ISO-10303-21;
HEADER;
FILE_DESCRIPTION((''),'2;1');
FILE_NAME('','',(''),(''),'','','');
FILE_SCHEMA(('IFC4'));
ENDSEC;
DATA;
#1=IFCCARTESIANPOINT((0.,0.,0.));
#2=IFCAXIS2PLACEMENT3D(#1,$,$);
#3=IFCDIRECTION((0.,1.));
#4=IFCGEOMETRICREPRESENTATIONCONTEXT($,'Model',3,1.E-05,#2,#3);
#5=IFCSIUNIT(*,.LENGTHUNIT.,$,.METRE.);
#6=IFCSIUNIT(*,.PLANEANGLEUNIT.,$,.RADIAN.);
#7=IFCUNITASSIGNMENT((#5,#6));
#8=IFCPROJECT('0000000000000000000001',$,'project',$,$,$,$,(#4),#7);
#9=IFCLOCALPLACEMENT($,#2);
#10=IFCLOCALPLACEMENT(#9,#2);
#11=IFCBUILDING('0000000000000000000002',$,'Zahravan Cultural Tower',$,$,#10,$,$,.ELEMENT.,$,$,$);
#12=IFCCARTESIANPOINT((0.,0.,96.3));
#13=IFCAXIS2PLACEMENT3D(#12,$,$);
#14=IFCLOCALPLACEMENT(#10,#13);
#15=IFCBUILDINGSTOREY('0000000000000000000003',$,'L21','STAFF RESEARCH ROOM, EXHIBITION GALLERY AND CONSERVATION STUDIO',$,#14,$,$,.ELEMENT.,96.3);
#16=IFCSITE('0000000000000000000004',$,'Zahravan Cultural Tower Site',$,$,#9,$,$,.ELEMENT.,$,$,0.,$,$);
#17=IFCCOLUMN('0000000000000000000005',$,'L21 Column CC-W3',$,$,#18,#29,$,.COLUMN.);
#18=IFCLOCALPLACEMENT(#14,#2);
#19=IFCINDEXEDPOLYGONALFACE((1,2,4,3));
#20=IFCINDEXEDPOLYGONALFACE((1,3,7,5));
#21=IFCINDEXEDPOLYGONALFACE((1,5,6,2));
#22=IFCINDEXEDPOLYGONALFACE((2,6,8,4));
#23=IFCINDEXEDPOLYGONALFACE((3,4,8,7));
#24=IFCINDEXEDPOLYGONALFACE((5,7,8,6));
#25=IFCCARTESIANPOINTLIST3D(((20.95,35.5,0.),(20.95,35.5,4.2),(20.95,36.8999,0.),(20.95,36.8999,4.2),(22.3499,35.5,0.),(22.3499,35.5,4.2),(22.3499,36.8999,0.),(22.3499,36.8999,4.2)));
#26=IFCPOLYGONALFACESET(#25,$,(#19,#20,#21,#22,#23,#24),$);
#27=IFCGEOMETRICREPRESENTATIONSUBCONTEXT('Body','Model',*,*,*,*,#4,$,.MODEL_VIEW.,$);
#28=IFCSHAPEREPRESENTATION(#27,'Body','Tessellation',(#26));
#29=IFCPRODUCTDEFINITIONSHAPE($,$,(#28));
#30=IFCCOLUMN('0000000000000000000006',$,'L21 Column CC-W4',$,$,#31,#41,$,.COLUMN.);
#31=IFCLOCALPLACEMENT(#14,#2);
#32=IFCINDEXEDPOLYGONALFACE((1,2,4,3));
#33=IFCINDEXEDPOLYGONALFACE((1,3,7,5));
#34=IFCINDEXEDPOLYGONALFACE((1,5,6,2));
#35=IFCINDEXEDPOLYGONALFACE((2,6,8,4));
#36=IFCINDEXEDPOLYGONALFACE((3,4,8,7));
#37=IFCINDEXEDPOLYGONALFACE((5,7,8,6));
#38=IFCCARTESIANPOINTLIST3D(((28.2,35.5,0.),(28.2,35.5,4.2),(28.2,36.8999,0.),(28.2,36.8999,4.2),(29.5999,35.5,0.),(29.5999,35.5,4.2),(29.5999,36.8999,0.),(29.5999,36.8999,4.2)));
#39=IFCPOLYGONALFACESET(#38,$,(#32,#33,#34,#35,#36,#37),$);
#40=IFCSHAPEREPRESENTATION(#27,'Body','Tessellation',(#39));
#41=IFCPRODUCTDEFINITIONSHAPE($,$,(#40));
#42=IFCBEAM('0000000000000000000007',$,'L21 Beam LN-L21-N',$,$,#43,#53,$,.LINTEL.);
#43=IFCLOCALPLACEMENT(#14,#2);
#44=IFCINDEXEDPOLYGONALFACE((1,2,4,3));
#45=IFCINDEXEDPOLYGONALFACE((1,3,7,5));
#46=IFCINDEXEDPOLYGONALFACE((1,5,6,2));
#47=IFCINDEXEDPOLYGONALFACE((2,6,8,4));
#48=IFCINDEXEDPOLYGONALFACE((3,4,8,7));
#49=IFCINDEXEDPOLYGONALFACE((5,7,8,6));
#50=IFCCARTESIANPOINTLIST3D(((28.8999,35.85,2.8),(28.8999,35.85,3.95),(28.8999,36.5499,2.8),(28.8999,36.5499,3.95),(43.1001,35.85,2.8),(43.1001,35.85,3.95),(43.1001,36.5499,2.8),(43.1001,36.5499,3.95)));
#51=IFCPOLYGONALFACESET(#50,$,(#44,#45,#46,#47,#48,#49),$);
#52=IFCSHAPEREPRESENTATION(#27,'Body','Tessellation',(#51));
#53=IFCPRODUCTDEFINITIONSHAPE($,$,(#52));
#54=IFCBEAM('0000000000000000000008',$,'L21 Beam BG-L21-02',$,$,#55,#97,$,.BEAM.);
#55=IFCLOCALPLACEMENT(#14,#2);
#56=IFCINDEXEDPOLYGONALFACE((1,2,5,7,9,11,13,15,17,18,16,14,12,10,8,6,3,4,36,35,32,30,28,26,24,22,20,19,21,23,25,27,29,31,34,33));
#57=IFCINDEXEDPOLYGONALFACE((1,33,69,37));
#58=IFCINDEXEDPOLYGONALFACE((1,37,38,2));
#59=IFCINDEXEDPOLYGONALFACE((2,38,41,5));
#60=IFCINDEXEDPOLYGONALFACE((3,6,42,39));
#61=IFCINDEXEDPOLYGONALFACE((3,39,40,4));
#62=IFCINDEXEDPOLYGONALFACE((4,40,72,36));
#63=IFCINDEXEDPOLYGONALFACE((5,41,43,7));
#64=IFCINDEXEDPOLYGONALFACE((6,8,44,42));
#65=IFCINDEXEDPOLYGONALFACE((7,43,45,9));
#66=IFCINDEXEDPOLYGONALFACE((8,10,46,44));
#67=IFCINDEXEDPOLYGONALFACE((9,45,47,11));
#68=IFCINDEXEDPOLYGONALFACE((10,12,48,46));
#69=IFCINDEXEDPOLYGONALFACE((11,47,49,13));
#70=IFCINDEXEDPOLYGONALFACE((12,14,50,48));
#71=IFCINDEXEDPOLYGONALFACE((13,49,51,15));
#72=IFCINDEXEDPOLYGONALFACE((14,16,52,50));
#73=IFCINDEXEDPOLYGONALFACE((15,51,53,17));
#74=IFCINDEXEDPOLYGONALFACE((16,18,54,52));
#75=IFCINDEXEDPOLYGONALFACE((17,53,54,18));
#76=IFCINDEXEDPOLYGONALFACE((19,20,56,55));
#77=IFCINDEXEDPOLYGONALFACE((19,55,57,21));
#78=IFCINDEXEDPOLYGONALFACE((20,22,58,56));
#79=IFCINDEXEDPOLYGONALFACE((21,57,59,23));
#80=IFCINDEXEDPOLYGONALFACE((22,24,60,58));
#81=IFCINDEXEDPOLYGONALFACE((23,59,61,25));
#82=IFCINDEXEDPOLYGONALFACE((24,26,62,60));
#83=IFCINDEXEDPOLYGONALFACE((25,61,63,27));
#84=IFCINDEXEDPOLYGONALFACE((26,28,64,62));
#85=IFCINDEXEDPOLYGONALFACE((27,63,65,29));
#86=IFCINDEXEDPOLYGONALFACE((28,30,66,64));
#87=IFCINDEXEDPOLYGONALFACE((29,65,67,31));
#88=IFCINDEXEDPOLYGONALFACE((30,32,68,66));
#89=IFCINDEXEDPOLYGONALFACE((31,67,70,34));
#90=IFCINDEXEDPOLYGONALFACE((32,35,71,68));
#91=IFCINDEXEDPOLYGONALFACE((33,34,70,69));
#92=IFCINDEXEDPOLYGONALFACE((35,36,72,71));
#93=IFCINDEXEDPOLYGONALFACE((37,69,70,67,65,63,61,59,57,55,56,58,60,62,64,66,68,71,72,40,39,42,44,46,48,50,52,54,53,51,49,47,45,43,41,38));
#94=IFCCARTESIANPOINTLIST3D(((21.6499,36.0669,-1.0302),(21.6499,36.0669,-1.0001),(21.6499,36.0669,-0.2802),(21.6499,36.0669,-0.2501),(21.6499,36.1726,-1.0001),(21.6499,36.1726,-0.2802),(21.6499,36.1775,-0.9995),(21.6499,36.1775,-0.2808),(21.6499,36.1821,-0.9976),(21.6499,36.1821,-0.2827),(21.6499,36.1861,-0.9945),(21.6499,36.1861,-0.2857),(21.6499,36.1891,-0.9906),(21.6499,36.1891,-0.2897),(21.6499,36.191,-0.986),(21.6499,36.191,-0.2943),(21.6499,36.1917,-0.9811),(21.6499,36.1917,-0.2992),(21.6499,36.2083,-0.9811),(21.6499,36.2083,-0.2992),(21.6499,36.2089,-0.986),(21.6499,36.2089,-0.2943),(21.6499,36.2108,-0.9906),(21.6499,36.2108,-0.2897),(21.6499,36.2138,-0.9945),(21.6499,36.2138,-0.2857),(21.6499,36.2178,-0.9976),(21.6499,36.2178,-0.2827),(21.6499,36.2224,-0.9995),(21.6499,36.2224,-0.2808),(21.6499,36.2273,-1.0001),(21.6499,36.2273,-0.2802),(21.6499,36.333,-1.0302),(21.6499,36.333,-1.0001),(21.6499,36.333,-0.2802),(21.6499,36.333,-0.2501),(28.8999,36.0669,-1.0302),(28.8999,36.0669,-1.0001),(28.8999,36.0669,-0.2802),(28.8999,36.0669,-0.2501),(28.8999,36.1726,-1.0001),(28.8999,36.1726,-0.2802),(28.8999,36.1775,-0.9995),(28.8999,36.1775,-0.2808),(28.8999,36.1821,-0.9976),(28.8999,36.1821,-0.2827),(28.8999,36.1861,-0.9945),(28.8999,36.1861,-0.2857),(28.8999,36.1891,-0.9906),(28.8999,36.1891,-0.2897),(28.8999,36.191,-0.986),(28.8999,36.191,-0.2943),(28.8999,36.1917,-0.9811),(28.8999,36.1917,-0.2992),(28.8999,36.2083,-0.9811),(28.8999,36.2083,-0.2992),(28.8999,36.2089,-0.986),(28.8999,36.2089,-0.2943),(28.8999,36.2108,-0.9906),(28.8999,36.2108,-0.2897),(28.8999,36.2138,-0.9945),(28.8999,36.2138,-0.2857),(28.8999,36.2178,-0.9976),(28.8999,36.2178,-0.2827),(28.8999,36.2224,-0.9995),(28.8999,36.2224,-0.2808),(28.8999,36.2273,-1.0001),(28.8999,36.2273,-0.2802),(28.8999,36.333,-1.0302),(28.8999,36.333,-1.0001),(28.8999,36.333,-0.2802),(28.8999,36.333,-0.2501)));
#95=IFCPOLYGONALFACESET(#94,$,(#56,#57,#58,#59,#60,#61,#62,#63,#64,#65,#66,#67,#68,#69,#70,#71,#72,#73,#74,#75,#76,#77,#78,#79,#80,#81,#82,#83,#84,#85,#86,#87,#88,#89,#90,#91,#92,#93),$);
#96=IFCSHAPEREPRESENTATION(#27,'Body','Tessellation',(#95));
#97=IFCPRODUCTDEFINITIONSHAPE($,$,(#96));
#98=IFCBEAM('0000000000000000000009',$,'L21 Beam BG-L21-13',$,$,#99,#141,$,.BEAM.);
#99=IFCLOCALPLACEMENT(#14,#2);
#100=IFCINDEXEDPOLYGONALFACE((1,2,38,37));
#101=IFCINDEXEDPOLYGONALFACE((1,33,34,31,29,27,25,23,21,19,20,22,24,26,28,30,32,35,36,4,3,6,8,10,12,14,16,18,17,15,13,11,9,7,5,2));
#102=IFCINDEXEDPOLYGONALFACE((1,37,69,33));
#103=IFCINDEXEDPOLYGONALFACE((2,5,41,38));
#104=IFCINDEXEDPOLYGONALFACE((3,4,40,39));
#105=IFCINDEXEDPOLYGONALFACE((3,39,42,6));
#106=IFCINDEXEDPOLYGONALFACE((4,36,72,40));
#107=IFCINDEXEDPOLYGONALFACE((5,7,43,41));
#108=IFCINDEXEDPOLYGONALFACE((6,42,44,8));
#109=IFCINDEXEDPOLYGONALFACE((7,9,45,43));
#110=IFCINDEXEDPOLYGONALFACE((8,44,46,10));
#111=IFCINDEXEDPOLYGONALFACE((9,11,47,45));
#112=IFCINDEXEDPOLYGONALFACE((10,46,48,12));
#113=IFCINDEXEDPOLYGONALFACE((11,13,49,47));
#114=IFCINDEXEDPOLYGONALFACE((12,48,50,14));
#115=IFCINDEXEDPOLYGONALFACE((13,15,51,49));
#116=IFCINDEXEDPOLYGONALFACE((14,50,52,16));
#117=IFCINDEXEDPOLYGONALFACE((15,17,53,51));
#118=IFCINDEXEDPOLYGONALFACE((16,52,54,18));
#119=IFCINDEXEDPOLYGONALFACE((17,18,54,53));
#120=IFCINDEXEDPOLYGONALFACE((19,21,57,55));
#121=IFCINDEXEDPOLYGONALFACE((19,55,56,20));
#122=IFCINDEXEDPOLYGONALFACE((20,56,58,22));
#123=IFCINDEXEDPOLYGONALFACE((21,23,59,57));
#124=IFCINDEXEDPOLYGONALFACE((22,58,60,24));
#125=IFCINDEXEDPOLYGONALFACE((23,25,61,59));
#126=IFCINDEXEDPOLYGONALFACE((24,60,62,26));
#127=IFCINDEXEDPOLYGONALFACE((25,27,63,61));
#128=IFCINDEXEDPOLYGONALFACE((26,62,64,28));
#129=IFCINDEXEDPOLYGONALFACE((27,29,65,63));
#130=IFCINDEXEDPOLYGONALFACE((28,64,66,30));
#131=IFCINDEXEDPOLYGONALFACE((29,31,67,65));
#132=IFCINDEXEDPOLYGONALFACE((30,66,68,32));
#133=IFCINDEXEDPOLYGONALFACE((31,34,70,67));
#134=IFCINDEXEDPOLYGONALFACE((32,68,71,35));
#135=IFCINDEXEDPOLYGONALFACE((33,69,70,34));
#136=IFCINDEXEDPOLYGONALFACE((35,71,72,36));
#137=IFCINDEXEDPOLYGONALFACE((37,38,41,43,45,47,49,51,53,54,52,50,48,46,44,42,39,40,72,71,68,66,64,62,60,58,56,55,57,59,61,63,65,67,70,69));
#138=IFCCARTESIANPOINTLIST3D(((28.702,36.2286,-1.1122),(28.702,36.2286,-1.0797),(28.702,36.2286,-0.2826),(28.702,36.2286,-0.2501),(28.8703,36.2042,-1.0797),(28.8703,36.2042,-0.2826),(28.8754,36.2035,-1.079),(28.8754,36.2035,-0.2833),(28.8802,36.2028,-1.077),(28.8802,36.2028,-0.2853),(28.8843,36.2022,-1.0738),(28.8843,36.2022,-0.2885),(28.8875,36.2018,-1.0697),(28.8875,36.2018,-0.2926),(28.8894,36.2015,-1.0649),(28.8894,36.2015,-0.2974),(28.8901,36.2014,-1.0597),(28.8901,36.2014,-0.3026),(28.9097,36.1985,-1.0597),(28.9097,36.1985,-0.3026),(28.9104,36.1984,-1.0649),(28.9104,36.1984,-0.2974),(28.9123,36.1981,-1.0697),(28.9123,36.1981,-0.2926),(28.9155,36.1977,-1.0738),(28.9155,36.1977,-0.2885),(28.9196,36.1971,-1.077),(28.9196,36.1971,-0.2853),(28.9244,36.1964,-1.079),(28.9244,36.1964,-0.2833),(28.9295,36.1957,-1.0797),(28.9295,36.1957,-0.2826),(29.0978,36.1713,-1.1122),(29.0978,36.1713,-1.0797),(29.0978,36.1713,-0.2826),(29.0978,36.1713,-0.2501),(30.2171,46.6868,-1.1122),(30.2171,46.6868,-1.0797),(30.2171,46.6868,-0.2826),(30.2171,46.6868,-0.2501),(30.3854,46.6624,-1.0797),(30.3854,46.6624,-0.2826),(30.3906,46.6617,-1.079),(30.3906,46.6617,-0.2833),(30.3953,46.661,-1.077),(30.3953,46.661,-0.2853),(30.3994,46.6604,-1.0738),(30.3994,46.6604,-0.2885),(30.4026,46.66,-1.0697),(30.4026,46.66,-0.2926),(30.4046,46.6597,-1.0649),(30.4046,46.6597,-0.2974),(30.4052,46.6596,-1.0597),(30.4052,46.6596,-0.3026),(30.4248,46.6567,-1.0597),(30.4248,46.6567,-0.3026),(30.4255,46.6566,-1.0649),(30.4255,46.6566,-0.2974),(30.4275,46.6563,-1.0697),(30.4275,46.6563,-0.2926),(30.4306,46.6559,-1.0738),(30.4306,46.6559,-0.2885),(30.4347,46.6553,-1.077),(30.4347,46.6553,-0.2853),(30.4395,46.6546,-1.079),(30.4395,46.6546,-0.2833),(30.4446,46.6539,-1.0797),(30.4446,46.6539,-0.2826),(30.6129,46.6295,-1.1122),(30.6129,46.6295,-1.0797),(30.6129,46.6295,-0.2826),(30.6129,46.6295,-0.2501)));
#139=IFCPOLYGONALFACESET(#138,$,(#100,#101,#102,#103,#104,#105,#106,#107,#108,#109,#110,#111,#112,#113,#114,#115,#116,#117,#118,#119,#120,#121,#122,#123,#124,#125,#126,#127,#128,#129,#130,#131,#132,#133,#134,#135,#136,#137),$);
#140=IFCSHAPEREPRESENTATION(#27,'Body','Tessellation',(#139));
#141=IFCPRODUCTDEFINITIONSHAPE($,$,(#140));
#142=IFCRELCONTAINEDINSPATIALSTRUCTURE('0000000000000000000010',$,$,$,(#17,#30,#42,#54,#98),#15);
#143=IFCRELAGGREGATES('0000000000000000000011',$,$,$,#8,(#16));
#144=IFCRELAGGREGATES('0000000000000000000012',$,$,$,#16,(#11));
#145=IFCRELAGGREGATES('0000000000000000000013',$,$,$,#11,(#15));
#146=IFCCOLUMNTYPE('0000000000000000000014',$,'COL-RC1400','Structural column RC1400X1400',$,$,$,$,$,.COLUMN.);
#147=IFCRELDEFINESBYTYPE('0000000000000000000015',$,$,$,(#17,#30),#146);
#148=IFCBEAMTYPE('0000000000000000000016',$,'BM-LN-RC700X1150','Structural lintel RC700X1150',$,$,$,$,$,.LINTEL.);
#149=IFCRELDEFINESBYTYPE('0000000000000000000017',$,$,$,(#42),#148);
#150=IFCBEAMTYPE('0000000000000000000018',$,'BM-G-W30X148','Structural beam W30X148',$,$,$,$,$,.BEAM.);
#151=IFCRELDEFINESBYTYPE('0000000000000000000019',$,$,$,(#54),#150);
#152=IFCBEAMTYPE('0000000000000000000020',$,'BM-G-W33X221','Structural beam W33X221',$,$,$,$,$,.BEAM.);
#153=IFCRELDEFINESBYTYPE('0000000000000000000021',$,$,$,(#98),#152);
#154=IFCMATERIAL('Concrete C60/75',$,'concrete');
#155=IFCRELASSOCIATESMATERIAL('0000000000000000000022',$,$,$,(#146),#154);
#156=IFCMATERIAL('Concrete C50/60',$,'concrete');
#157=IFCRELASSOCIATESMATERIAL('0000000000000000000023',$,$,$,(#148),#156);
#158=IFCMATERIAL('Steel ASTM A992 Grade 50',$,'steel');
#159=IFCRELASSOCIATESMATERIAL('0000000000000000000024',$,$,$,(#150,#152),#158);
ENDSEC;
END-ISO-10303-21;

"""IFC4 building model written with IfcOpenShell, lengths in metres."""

from ifc_helpers import new_model, si_unit, direction, frame, origin, origin_2d, place, context, subcontext, project, spatial, rectangle, i_section, extrude, source, transform, mapped, material, material_profile, profile_set, type_object, element, save


model = new_model("IFC4")

# Units and contexts
model_context = context("Model", 3, precision=1e-05, world=origin(), true_north=direction((0.0, 1.0)))
body_context = subcontext(model_context, "Body", "Model", "MODEL_VIEW")
ifc_project = project(units=[si_unit("LENGTHUNIT", "METRE"), si_unit("PLANEANGLEUNIT", "RADIAN")], contexts=[model_context])

# Site, building, storey
site_placement = place(None, origin())
site = spatial("IfcSite", under=ifc_project, at=site_placement, Name="Zahravan Cultural Tower Site", CompositionType="ELEMENT", RefElevation=0.0)
building_placement = place(site_placement, origin())
building = spatial("IfcBuilding", under=site, at=building_placement, Name="Zahravan Cultural Tower", CompositionType="ELEMENT")
storey_placement = place(building_placement, frame((0.0, 0.0, 96.3)))
storey = spatial("IfcBuildingStorey", under=building, at=storey_placement, Name="L21", Description="STAFF RESEARCH ROOM, EXHIBITION GALLERY AND CONSERVATION STUDIO", CompositionType="ELEMENT", Elevation=96.3)

# Columns
ifc_material_1 = material(Name="Concrete C60/75", Category="concrete")
ifc_material_profile_1 = material_profile(ifc_material_1, rectangle(XDim=1.3999, YDim=1.3999, at=origin_2d()), Name="RC1400X1400")
ifc_profile_set_1 = profile_set([ifc_material_profile_1], Name="Concrete C60/75")
column_type = type_object("IfcColumnType", Name="COL-RC1400", Description="Structural column RC1400X1400", PredefinedType="COLUMN", material=ifc_profile_set_1)
shared_shape_1 = source(origin(), body_context, "Body", "SweptSolid", [
    extrude(rectangle(XDim=1.3999, YDim=1.3999, at=origin_2d()), origin(), (0.0, 0.0, 1.0), 4.2),
])
for number, where, z_axis, x_axis, name in (
    (1, (21.6499, 36.2, 0.0), (0.0, 0.0, 1.0), (1.0, 0.0, 0.0), "L21 Column CC-W3"),
    (2, (28.8999, 36.2, 0.0), (0.0, 0.0, 1.0), (1.0, 0.0, 0.0), "L21 Column CC-W4"),
):
    element("IfcColumn", number, at=place(storey_placement, frame(where, z_axis=z_axis, x_axis=x_axis)), inside=storey, type_object=column_type, Name=name, PredefinedType="COLUMN", context=body_context, shape_type="MappedRepresentation", body=[
        mapped(shared_shape_1, transform((0.0, 0.0, 0.0), x_axis=(1.0, 0.0, 0.0), y_axis=(0.0, 1.0, 0.0), z_axis=(0.0, 0.0, 1.0), scale=1.0)),
    ])

# Beams
ifc_material_2 = material(Name="Concrete C50/60", Category="concrete")
ifc_material_profile_2 = material_profile(ifc_material_2, rectangle(XDim=0.7, YDim=1.1499, at=origin_2d()), Name="RC700X1150")
ifc_profile_set_2 = profile_set([ifc_material_profile_2], Name="Concrete C50/60")
beam_type_1 = type_object("IfcBeamType", Name="BM-LN-RC700X1150", Description="Structural lintel RC700X1150", PredefinedType="LINTEL", material=ifc_profile_set_2)
shared_shape_2 = source(origin(), body_context, "Body", "SweptSolid", [
    extrude(rectangle(XDim=0.7, YDim=1.1499, at=origin_2d()), origin(), (0.0, 0.0, 1.0), 14.2002),
])
beam_1_placement = place(storey_placement, frame((28.8999, 36.2, 3.375), z_axis=(1.0, 0.0, 0.0), x_axis=(0.0, 1.0, 0.0)))
element("IfcBeam", 3, at=beam_1_placement, inside=storey, type_object=beam_type_1, Name="L21 Beam LN-L21-N", PredefinedType="LINTEL", context=body_context, shape_type="MappedRepresentation", body=[
    mapped(shared_shape_2, transform((0.0, 0.0, 0.0), x_axis=(1.0, 0.0, 0.0), y_axis=(0.0, 1.0, 0.0), z_axis=(0.0, 0.0, 1.0), scale=1.0)),
])
ifc_material_3 = material(Name="Steel ASTM A992 Grade 50", Category="steel")
ifc_material_profile_3 = material_profile(ifc_material_3, i_section(OverallWidth=0.2661, OverallDepth=0.78, WebThickness=0.0166, FlangeThickness=0.03, FilletRadius=0.019, at=origin_2d()), Name="W30X148")
ifc_profile_set_3 = profile_set([ifc_material_profile_3], Name="Steel ASTM A992 Grade 50")
beam_type_2 = type_object("IfcBeamType", Name="BM-G-W30X148", Description="Structural beam W30X148", PredefinedType="BEAM", material=ifc_profile_set_3)
shared_shape_3 = source(origin(), body_context, "Body", "SweptSolid", [
    extrude(i_section(OverallWidth=0.2661, OverallDepth=0.78, WebThickness=0.0166, FlangeThickness=0.03, FilletRadius=0.019, at=origin_2d()), origin(), (0.0, 0.0, 1.0), 7.25),
])
beam_2_placement = place(storey_placement, frame((21.6499, 36.2, -0.6401), z_axis=(1.0, 0.0, 0.0), x_axis=(0.0, 1.0, 0.0)))
element("IfcBeam", 4, at=beam_2_placement, inside=storey, type_object=beam_type_2, Name="L21 Beam BG-L21-02", PredefinedType="BEAM", context=body_context, shape_type="MappedRepresentation", body=[
    mapped(shared_shape_3, transform((0.0, 0.0, 0.0), x_axis=(1.0, 0.0, 0.0), y_axis=(0.0, 1.0, 0.0), z_axis=(0.0, 0.0, 1.0), scale=1.0)),
])
ifc_material_profile_4 = material_profile(ifc_material_3, i_section(OverallWidth=0.3999, OverallDepth=0.8621, WebThickness=0.0198, FlangeThickness=0.0325, FilletRadius=0.02, at=origin_2d()), Name="W33X221")
ifc_profile_set_4 = profile_set([ifc_material_profile_4], Name="Steel ASTM A992 Grade 50")
beam_type_3 = type_object("IfcBeamType", Name="BM-G-W33X221", Description="Structural beam W33X221", PredefinedType="BEAM", material=ifc_profile_set_4)
shared_shape_4 = source(origin(), body_context, "Body", "SweptSolid", [
    extrude(i_section(OverallWidth=0.3999, OverallDepth=0.8621, WebThickness=0.0198, FlangeThickness=0.0325, FilletRadius=0.02, at=origin_2d()), origin(), (0.0, 0.0, 1.0), 10.5674),
])
beam_3_placement = place(storey_placement, frame((28.8999, 36.2, -0.6812), z_axis=(0.143378, 0.989668, 0.0), x_axis=(-0.989668, 0.143378, 0.0)))
element("IfcBeam", 5, at=beam_3_placement, inside=storey, type_object=beam_type_3, Name="L21 Beam BG-L21-13", PredefinedType="BEAM", context=body_context, shape_type="MappedRepresentation", body=[
    mapped(shared_shape_4, transform((0.0, 0.0, 0.0), x_axis=(1.0, 0.0, 0.0), y_axis=(0.0, 1.0, 0.0), z_axis=(0.0, 0.0, 1.0), scale=1.0)),
])

save(model, "model.ifc")
